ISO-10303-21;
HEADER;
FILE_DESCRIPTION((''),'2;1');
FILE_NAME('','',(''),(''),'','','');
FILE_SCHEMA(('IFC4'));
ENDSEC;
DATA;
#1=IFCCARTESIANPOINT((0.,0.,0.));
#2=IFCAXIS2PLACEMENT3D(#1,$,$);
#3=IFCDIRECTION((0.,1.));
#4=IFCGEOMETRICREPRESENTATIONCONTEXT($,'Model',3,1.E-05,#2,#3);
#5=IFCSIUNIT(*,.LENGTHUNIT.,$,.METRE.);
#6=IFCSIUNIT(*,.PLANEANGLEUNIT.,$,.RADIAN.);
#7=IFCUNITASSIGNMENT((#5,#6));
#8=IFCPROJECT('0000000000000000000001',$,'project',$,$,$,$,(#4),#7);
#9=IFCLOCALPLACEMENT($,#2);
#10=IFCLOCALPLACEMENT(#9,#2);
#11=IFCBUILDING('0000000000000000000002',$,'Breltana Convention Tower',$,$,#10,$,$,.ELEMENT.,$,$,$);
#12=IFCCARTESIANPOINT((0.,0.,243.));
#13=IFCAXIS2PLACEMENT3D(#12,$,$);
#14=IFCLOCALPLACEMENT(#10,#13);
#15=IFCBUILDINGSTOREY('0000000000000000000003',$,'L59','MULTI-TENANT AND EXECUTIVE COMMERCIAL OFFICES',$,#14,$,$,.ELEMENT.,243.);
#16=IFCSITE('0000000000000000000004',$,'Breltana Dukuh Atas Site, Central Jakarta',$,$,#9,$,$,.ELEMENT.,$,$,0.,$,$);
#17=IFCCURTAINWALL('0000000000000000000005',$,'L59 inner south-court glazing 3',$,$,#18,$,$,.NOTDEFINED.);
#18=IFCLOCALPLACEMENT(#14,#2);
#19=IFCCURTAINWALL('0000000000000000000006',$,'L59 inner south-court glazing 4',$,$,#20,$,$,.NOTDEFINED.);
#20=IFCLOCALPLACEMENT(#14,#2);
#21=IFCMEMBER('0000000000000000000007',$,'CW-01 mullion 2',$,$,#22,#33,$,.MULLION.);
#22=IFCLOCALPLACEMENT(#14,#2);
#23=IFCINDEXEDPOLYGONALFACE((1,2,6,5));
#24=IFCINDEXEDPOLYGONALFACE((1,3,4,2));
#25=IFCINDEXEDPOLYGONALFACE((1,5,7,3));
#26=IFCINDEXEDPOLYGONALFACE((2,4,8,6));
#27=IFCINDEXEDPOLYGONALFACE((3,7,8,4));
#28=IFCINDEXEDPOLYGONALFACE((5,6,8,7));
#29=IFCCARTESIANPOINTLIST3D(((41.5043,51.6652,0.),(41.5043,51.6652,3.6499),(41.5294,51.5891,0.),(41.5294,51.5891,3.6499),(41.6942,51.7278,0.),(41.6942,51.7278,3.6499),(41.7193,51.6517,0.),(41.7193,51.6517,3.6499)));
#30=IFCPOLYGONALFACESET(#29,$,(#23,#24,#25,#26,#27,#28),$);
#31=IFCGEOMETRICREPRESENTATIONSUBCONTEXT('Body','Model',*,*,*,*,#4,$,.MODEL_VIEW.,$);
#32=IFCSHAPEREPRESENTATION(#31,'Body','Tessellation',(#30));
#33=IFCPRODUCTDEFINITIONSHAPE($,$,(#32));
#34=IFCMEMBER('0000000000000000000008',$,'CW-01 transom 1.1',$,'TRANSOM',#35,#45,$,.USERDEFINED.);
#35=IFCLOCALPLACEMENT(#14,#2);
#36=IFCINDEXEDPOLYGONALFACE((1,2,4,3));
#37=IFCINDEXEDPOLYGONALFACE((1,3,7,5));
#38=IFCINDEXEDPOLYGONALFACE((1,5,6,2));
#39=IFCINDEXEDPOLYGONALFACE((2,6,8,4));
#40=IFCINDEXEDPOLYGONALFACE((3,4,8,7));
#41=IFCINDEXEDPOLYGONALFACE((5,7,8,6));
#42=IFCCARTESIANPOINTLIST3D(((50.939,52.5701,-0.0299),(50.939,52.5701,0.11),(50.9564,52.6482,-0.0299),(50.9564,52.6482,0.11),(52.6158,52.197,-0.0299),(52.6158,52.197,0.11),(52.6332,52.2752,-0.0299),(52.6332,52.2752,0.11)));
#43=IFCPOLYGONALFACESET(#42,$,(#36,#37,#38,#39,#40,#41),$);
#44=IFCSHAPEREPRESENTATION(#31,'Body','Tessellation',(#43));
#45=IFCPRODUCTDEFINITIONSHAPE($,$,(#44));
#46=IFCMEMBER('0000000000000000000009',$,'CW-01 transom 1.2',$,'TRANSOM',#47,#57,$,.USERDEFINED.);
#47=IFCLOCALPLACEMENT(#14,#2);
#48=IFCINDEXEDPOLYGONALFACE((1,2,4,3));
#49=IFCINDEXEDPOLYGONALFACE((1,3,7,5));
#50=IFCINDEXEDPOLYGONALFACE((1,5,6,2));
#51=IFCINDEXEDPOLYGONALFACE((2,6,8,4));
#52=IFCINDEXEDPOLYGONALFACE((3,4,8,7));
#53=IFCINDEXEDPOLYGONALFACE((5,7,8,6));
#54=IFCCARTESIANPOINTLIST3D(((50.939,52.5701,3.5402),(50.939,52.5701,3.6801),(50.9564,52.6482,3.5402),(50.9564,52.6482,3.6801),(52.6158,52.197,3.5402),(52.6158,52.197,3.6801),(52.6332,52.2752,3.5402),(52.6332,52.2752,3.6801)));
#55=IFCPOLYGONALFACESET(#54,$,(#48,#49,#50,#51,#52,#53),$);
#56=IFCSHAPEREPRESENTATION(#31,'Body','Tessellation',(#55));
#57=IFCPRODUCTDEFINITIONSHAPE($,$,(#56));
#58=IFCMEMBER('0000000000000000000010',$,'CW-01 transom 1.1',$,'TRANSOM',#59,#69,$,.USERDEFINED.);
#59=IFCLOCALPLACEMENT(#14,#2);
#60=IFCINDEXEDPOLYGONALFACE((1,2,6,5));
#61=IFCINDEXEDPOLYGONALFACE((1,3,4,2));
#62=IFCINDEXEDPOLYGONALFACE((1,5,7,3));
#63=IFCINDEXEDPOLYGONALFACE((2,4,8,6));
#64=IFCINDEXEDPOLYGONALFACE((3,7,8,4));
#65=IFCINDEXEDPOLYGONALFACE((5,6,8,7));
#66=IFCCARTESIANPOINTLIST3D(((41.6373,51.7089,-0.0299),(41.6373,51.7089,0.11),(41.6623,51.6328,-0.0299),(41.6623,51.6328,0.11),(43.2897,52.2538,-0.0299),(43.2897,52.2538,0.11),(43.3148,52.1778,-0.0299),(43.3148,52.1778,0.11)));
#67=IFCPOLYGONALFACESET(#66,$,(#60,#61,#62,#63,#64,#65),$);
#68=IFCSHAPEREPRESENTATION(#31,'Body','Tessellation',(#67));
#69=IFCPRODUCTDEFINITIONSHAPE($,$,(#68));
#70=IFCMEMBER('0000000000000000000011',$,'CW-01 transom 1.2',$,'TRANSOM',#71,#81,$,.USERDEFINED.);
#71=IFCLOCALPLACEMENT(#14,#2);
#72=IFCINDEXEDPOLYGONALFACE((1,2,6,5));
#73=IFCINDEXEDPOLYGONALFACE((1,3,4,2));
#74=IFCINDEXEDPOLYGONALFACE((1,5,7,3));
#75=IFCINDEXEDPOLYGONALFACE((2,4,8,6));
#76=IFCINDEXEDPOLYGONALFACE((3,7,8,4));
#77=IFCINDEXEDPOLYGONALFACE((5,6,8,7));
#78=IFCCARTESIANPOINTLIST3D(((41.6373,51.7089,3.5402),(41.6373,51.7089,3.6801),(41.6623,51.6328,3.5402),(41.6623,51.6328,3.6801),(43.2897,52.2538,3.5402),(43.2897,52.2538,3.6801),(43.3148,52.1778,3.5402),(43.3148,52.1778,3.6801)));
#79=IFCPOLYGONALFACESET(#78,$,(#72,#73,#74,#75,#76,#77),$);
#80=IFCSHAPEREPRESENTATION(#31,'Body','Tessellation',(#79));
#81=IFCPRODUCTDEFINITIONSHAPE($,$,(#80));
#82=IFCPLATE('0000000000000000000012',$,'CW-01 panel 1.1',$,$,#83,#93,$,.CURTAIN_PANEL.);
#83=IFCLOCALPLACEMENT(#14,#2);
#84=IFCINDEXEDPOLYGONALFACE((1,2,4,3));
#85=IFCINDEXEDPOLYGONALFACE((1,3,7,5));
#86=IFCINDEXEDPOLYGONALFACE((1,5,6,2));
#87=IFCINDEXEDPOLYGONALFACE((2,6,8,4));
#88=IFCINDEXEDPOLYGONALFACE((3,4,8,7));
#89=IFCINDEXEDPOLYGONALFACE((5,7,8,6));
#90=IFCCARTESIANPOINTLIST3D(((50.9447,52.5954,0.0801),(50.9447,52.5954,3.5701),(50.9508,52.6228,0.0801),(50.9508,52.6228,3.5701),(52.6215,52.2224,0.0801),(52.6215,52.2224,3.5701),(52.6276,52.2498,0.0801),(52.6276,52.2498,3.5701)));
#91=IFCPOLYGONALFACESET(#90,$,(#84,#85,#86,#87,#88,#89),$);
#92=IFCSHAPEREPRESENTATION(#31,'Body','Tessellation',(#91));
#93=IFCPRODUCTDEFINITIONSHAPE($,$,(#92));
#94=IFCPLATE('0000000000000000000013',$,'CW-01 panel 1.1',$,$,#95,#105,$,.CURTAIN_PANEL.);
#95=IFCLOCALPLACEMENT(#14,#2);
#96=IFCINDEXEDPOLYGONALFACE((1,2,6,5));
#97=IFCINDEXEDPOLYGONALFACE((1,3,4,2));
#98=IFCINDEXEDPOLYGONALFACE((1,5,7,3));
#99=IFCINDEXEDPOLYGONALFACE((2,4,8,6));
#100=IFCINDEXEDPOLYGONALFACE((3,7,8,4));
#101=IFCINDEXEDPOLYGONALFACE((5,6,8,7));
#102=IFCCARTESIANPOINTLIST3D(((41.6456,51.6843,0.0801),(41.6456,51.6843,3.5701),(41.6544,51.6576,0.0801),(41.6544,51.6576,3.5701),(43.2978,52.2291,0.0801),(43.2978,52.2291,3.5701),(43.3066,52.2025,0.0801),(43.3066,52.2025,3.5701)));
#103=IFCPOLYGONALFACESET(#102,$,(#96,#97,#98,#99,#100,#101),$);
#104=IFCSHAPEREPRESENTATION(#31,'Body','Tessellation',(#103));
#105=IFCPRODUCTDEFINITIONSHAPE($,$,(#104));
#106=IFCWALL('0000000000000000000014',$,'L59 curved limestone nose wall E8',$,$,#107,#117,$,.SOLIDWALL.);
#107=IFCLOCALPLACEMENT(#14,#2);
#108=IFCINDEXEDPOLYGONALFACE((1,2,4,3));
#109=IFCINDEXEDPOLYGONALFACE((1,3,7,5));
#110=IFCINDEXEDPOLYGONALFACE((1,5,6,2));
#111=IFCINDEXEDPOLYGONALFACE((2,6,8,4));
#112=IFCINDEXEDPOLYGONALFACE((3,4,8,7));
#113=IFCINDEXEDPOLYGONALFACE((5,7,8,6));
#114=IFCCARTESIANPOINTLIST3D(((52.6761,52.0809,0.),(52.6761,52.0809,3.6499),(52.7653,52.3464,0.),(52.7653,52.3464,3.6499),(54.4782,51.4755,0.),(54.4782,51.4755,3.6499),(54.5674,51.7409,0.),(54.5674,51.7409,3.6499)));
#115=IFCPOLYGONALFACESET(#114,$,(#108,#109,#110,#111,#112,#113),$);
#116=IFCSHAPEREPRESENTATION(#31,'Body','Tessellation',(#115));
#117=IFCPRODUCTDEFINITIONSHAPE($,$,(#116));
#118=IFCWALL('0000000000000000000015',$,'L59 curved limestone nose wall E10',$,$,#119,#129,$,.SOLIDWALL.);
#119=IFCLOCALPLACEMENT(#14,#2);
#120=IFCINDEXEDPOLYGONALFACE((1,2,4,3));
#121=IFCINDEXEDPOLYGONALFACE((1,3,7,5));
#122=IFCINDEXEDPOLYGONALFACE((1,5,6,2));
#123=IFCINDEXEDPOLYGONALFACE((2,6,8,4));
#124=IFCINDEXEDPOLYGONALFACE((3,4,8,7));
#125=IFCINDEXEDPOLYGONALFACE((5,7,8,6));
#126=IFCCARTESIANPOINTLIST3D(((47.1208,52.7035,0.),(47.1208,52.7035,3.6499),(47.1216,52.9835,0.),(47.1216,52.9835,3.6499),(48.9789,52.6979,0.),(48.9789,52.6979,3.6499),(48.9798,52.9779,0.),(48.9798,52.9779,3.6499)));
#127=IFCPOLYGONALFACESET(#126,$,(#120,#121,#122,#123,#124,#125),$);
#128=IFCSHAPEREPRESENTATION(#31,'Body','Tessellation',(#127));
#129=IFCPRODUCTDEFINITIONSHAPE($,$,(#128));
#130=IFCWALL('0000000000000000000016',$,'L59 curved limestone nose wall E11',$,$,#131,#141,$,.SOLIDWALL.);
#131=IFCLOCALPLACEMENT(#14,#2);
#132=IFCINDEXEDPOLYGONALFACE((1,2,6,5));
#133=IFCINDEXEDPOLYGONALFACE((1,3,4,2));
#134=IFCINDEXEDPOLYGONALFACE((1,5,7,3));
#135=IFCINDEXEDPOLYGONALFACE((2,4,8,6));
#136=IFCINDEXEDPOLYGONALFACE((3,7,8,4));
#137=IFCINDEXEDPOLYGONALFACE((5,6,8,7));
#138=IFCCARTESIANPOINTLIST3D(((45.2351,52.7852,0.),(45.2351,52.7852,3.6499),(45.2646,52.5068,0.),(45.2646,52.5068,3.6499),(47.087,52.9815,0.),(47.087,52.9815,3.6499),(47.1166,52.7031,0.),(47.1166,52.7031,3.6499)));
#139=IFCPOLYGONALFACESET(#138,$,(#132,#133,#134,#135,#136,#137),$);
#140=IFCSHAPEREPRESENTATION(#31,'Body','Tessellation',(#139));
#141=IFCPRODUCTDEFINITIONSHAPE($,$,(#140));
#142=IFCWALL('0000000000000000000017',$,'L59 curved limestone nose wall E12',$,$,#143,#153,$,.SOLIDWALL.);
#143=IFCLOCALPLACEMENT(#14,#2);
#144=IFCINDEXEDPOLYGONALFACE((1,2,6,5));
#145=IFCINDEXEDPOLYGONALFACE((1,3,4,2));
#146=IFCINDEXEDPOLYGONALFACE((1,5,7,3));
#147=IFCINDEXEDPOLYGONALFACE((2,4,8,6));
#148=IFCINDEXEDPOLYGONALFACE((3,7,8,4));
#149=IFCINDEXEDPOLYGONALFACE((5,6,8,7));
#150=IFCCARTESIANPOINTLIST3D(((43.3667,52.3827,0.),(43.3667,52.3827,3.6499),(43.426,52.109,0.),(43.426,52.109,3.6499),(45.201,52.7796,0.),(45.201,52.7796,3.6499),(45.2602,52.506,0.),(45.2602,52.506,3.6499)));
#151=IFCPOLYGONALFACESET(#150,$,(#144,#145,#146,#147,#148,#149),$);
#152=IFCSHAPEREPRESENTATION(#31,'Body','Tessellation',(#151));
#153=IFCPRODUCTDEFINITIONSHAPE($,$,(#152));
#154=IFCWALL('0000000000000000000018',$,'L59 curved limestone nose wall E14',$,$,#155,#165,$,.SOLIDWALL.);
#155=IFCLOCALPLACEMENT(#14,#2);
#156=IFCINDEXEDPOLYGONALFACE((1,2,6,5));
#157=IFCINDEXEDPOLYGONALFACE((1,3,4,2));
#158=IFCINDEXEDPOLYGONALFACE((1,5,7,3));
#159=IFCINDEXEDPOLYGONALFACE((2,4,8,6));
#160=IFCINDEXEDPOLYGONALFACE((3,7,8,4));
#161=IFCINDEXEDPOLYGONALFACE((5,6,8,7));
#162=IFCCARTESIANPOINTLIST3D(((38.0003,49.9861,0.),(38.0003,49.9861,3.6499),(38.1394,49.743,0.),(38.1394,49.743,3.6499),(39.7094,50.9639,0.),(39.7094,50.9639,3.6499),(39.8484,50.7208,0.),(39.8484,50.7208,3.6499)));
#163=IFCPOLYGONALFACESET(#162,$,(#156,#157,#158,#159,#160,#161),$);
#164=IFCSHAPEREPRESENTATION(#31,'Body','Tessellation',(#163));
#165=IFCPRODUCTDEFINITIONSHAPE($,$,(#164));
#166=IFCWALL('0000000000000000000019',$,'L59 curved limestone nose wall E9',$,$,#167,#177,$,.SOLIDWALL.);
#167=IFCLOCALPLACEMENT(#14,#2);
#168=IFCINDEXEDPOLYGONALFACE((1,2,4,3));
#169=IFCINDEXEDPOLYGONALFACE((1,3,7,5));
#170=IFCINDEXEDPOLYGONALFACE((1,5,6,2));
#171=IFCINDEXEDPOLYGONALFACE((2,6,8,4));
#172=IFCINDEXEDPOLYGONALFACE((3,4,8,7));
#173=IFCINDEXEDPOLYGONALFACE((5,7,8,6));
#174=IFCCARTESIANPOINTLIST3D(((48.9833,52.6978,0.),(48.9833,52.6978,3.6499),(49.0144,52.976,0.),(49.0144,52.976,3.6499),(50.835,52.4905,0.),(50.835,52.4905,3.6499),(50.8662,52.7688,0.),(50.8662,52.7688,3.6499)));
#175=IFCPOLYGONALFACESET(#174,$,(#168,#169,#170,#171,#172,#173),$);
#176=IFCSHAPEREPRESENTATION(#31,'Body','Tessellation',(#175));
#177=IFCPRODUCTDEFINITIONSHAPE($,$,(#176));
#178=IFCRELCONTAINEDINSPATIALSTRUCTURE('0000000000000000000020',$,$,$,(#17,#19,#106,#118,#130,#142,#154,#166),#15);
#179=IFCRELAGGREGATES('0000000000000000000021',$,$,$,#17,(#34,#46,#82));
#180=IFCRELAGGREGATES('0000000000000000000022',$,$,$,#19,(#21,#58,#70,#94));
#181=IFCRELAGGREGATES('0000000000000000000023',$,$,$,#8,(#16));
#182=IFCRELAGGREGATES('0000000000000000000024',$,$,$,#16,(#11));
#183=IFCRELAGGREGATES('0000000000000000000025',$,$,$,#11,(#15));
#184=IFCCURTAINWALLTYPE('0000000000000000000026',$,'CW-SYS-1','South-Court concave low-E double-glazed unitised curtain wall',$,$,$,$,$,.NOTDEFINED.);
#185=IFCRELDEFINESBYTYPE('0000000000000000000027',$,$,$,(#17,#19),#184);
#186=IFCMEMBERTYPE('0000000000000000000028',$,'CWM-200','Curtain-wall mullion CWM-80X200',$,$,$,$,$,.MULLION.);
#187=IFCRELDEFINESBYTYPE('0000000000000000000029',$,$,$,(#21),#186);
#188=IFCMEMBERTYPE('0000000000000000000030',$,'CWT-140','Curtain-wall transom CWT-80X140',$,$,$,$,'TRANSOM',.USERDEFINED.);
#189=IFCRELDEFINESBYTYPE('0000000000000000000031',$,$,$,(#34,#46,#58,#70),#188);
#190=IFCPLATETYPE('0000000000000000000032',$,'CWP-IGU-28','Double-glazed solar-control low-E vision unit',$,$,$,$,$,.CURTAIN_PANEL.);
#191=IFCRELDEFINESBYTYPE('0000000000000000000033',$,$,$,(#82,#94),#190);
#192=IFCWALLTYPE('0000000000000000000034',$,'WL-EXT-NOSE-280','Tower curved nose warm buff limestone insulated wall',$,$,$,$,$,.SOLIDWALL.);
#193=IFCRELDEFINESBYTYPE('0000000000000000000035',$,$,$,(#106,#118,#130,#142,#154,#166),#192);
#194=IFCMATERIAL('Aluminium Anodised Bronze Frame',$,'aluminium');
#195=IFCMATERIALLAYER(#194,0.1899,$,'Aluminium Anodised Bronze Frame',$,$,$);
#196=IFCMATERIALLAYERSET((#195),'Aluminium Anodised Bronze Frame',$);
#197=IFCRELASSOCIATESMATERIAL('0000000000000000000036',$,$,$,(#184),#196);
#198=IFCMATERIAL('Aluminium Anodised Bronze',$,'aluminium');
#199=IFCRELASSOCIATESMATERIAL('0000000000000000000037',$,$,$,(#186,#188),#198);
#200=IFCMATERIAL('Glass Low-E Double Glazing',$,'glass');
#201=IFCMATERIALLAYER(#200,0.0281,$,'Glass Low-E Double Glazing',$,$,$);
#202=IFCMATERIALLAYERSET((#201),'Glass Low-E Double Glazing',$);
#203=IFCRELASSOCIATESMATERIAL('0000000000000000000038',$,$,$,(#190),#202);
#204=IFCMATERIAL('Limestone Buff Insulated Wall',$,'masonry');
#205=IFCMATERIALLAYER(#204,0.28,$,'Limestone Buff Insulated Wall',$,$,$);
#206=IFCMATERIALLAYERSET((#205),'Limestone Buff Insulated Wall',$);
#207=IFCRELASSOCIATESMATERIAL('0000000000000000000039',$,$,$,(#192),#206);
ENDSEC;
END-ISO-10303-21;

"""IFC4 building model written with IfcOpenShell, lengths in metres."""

from ifc_helpers import new_model, si_unit, direction, frame, frame_2d, origin, origin_2d, place, context, subcontext, project, spatial, rectangle, extrude, source, transform, mapped, material, layer, layer_set, material_profile, profile_set, type_object, element, aggregate, save


model = new_model("IFC4")

# Units and contexts
model_context = context("Model", 3, precision=1e-05, world=origin(), true_north=direction((0.0, 1.0)))
body_context = subcontext(model_context, "Body", "Model", "MODEL_VIEW")
ifc_project = project(units=[si_unit("LENGTHUNIT", "METRE"), si_unit("PLANEANGLEUNIT", "RADIAN")], contexts=[model_context])

# Site, building, storey
site_placement = place(None, origin())
site = spatial("IfcSite", under=ifc_project, at=site_placement, Name="Breltana Dukuh Atas Site, Central Jakarta", CompositionType="ELEMENT", RefElevation=0.0)
building_placement = place(site_placement, origin())
building = spatial("IfcBuilding", under=site, at=building_placement, Name="Breltana Convention Tower", CompositionType="ELEMENT")
storey_placement = place(building_placement, frame((0.0, 0.0, 243.0)))
storey = spatial("IfcBuildingStorey", under=building, at=storey_placement, Name="L59", Description="MULTI-TENANT AND EXECUTIVE COMMERCIAL OFFICES", CompositionType="ELEMENT", Elevation=243.0)

# Curtain walls, member
ifc_material_1 = material(Name="Aluminium Anodised Bronze Frame", Category="aluminium")
ifc_layer_1 = layer(ifc_material_1, 0.1899, Name="Aluminium Anodised Bronze Frame")
ifc_layer_set_1 = layer_set([ifc_layer_1], Name="Aluminium Anodised Bronze Frame")
curtain_wall_type = type_object("IfcCurtainWallType", Name="CW-SYS-1", Description="South-Court concave low-E double-glazed unitised curtain wall", PredefinedType="NOTDEFINED", material=ifc_layer_set_1)
curtain_wall_1_placement = place(storey_placement, origin())
curtain_wall_1 = element("IfcCurtainWall", 1, at=curtain_wall_1_placement, inside=storey, type_object=curtain_wall_type, Name="L59 inner south-court glazing 3", PredefinedType="NOTDEFINED")
ifc_material_2 = material(Name="Aluminium Anodised Bronze", Category="aluminium")
ifc_material_profile_1 = material_profile(ifc_material_2, rectangle(XDim=0.0801, YDim=0.2, at=origin_2d()), Name="CWM-80X200")
ifc_profile_set_1 = profile_set([ifc_material_profile_1], Name="Aluminium Anodised Bronze")
member_type_1 = type_object("IfcMemberType", Name="CWM-200", Description="Curtain-wall mullion CWM-80X200", PredefinedType="MULLION", material=ifc_profile_set_1)
shared_shape_1 = source(origin(), body_context, "Body", "SweptSolid", [
    extrude(rectangle(XDim=0.0801, YDim=0.2, at=origin_2d()), origin(), (0.0, 0.0, 1.0), 3.6499),
])
curtain_wall_2_placement = place(storey_placement, origin())
curtain_wall_2 = element("IfcCurtainWall", 2, at=curtain_wall_2_placement, inside=storey, type_object=curtain_wall_type, Name="L59 inner south-court glazing 4", PredefinedType="NOTDEFINED")
member_1_placement = place(storey_placement, frame((41.6118, 51.6584, 0.0), z_axis=(0.0, 0.0, 1.0), x_axis=(0.313194, -0.949689, 0.0)))
member_1 = element("IfcMember", 3, at=member_1_placement, type_object=member_type_1, Name="CW-01 mullion 2", PredefinedType="MULLION", context=body_context, shape_type="MappedRepresentation", body=[
    mapped(shared_shape_1, transform((0.0, 0.0, 0.0), scale=1.0)),
])

# Members
ifc_material_profile_2 = material_profile(ifc_material_2, rectangle(XDim=0.0801, YDim=0.1399, at=origin_2d()), Name="CWT-80X140")
ifc_profile_set_2 = profile_set([ifc_material_profile_2], Name="Aluminium Anodised Bronze")
member_type_2 = type_object("IfcMemberType", Name="CWT-140", Description="Curtain-wall transom CWT-80X140", ElementType="TRANSOM", PredefinedType="USERDEFINED", material=ifc_profile_set_2)
shared_shape_2 = source(origin(), body_context, "Body", "SweptSolid", [
    extrude(rectangle(XDim=0.0801, YDim=0.1399, at=origin_2d()), origin(), (0.0, 0.0, 1.0), 1.7178),
])
member_2_placement = place(storey_placement, frame((52.6245, 52.2361, 0.04), z_axis=(-0.976134, 0.217171, 0.0), x_axis=(-0.217171, -0.976134, 0.0)))
member_2 = element("IfcMember", 4, at=member_2_placement, type_object=member_type_2, Name="CW-01 transom 1.1", ObjectType="TRANSOM", PredefinedType="USERDEFINED", context=body_context, shape_type="MappedRepresentation", body=[
    mapped(shared_shape_2, transform((0.0, 0.0, 0.0), scale=1.0)),
])
member_3_placement = place(storey_placement, frame((52.6245, 52.2361, 3.6101), z_axis=(-0.976134, 0.217171, 0.0), x_axis=(-0.217171, -0.976134, 0.0)))
member_3 = element("IfcMember", 5, at=member_3_placement, type_object=member_type_2, Name="CW-01 transom 1.2", ObjectType="TRANSOM", PredefinedType="USERDEFINED", context=body_context, shape_type="MappedRepresentation", body=[
    mapped(shared_shape_2, transform((0.0, 0.0, 0.0), scale=1.0)),
])
shared_shape_3 = source(origin(), body_context, "Body", "SweptSolid", [
    extrude(rectangle(XDim=0.0801, YDim=0.1399, at=origin_2d()), origin(), (0.0, 0.0, 1.0), 1.74),
])
member_4_placement = place(storey_placement, frame((43.3022, 52.2158, 0.04), z_axis=(-0.949689, -0.313195, 0.0), x_axis=(0.313195, -0.949689, 0.0)))
member_4 = element("IfcMember", 6, at=member_4_placement, type_object=member_type_2, Name="CW-01 transom 1.1", ObjectType="TRANSOM", PredefinedType="USERDEFINED", context=body_context, shape_type="MappedRepresentation", body=[
    mapped(shared_shape_3, transform((0.0, 0.0, 0.0), scale=1.0)),
])
member_5_placement = place(storey_placement, frame((43.3022, 52.2158, 3.6101), z_axis=(-0.949689, -0.313195, 0.0), x_axis=(0.313195, -0.949689, 0.0)))
member_5 = element("IfcMember", 7, at=member_5_placement, type_object=member_type_2, Name="CW-01 transom 1.2", ObjectType="TRANSOM", PredefinedType="USERDEFINED", context=body_context, shape_type="MappedRepresentation", body=[
    mapped(shared_shape_3, transform((0.0, 0.0, 0.0), scale=1.0)),
])

# Plates
ifc_material_3 = material(Name="Glass Low-E Double Glazing", Category="glass")
ifc_layer_2 = layer(ifc_material_3, 0.0281, Name="Glass Low-E Double Glazing")
ifc_layer_set_2 = layer_set([ifc_layer_2], Name="Glass Low-E Double Glazing")
plate_type = type_object("IfcPlateType", Name="CWP-IGU-28", Description="Double-glazed solar-control low-E vision unit", PredefinedType="CURTAIN_PANEL", material=ifc_layer_set_2)
shared_shape_4 = source(origin(), body_context, "Body", "SweptSolid", [
    extrude(rectangle(XDim=1.7178, YDim=0.0281, at=origin_2d()), origin(), (0.0, 0.0, 1.0), 3.49),
])
plate_1_placement = place(storey_placement, frame((51.7861, 52.4226, 0.0801), z_axis=(0.0, 0.0, 1.0), x_axis=(-0.976143, 0.217128, 0.0)))
plate_1 = element("IfcPlate", 8, at=plate_1_placement, type_object=plate_type, Name="CW-01 panel 1.1", PredefinedType="CURTAIN_PANEL", context=body_context, shape_type="MappedRepresentation", body=[
    mapped(shared_shape_4, transform((0.0, 0.0, 0.0), scale=1.0)),
])
aggregate(curtain_wall_1, [member_2, member_3, plate_1])
shared_shape_5 = source(origin(), body_context, "Body", "SweptSolid", [
    extrude(rectangle(XDim=1.7397, YDim=0.0281, at=origin_2d()), origin(), (0.0, 0.0, 1.0), 3.49),
])
plate_2_placement = place(storey_placement, frame((42.4761, 51.9434, 0.0801), z_axis=(0.0, 0.0, 1.0), x_axis=(-0.949689, -0.313194, 0.0)))
plate_2 = element("IfcPlate", 9, at=plate_2_placement, type_object=plate_type, Name="CW-01 panel 1.1", PredefinedType="CURTAIN_PANEL", context=body_context, shape_type="MappedRepresentation", body=[
    mapped(shared_shape_5, transform((0.0, 0.0, 0.0), scale=1.0)),
])
aggregate(curtain_wall_2, [member_1, member_4, member_5, plate_2])

# Walls
ifc_material_4 = material(Name="Limestone Buff Insulated Wall", Category="masonry")
ifc_layer_3 = layer(ifc_material_4, 0.28, Name="Limestone Buff Insulated Wall")
ifc_layer_set_3 = layer_set([ifc_layer_3], Name="Limestone Buff Insulated Wall")
wall_type_1 = type_object("IfcWallType", Name="WL-EXT-NOSE-280", Description="Tower curved nose warm buff limestone insulated wall", PredefinedType="SOLIDWALL", material=ifc_layer_set_3)
shared_shape_6 = source(origin(), body_context, "Body", "SweptSolid", [
    extrude(rectangle(XDim=1.9011, YDim=0.28, at=frame_2d((0.9507, 0.0))), origin(), (0.0, 0.0, 1.0), 3.6499),
])
wall_1_placement = place(storey_placement, frame((54.5229, 51.6082, 0.0), z_axis=(0.0, 0.0, 1.0), x_axis=(-0.947936, 0.318461, 0.0)))
element("IfcWall", 10, at=wall_1_placement, inside=storey, type_object=wall_type_1, Name="L59 curved limestone nose wall E8", PredefinedType="SOLIDWALL", context=body_context, shape_type="MappedRepresentation", body=[
    mapped(shared_shape_6, transform((0.0, 0.0, 0.0), scale=1.0)),
])
shared_shape_7 = source(origin(), body_context, "Body", "SweptSolid", [
    extrude(rectangle(XDim=1.8582, YDim=0.28, at=frame_2d((0.9292, 0.0))), origin(), (0.0, 0.0, 1.0), 3.6499),
])
wall_2_placement = place(storey_placement, frame((48.9795, 52.8379, 0.0), z_axis=(0.0, 0.0, 1.0), x_axis=(-0.999995, 0.003022, 0.0)))
element("IfcWall", 11, at=wall_2_placement, inside=storey, type_object=wall_type_1, Name="L59 curved limestone nose wall E10", PredefinedType="SOLIDWALL", context=body_context, shape_type="MappedRepresentation", body=[
    mapped(shared_shape_7, transform((0.0, 0.0, 0.0), scale=1.0)),
])
shared_shape_8 = source(origin(), body_context, "Body", "SweptSolid", [
    extrude(rectangle(XDim=1.8623, YDim=0.28, at=frame_2d((0.9312, 0.0))), origin(), (0.0, 0.0, 1.0), 3.6499),
])
wall_3_placement = place(storey_placement, frame((47.1018, 52.8423, 0.0), z_axis=(0.0, 0.0, 1.0), x_axis=(-0.99443, -0.105394, 0.0)))
element("IfcWall", 12, at=wall_3_placement, inside=storey, type_object=wall_type_1, Name="L59 curved limestone nose wall E11", PredefinedType="SOLIDWALL", context=body_context, shape_type="MappedRepresentation", body=[
    mapped(shared_shape_8, transform((0.0, 0.0, 0.0), scale=1.0)),
])
shared_shape_9 = source(origin(), body_context, "Body", "SweptSolid", [
    extrude(rectangle(XDim=1.8767, YDim=0.28, at=frame_2d((0.9385, 0.0))), origin(), (0.0, 0.0, 1.0), 3.6499),
])
wall_4_placement = place(storey_placement, frame((45.2307, 52.6428, 0.0), z_axis=(0.0, 0.0, 1.0), x_axis=(-0.977372, -0.211528, 0.0)))
element("IfcWall", 13, at=wall_4_placement, inside=storey, type_object=wall_type_1, Name="L59 curved limestone nose wall E12", PredefinedType="SOLIDWALL", context=body_context, shape_type="MappedRepresentation", body=[
    mapped(shared_shape_9, transform((0.0, 0.0, 0.0), scale=1.0)),
])
shared_shape_10 = source(origin(), body_context, "Body", "SweptSolid", [
    extrude(rectangle(XDim=1.969, YDim=0.28, at=frame_2d((0.9844, 0.0))), origin(), (0.0, 0.0, 1.0), 3.6499),
])
wall_5_placement = place(storey_placement, frame((39.7788, 50.8423, 0.0), z_axis=(0.0, 0.0, 1.0), x_axis=(-0.867976, -0.496606, 0.0)))
element("IfcWall", 14, at=wall_5_placement, inside=storey, type_object=wall_type_1, Name="L59 curved limestone nose wall E14", PredefinedType="SOLIDWALL", context=body_context, shape_type="MappedRepresentation", body=[
    mapped(shared_shape_10, transform((0.0, 0.0, 0.0), scale=1.0)),
])
shared_shape_11 = source(origin(), body_context, "Body", "SweptSolid", [
    extrude(rectangle(XDim=1.8633, YDim=0.28, at=frame_2d((0.9316, 0.0))), origin(), (0.0, 0.0, 1.0), 3.6499),
])
wall_6_placement = place(storey_placement, frame((50.8506, 52.6296, 0.0), z_axis=(0.0, 0.0, 1.0), x_axis=(-0.993794, 0.111237, 0.0)))
element("IfcWall", 15, at=wall_6_placement, inside=storey, type_object=wall_type_1, Name="L59 curved limestone nose wall E9", PredefinedType="SOLIDWALL", context=body_context, shape_type="MappedRepresentation", body=[
    mapped(shared_shape_11, transform((0.0, 0.0, 0.0), scale=1.0)),
])

save(model, "model.ifc")
